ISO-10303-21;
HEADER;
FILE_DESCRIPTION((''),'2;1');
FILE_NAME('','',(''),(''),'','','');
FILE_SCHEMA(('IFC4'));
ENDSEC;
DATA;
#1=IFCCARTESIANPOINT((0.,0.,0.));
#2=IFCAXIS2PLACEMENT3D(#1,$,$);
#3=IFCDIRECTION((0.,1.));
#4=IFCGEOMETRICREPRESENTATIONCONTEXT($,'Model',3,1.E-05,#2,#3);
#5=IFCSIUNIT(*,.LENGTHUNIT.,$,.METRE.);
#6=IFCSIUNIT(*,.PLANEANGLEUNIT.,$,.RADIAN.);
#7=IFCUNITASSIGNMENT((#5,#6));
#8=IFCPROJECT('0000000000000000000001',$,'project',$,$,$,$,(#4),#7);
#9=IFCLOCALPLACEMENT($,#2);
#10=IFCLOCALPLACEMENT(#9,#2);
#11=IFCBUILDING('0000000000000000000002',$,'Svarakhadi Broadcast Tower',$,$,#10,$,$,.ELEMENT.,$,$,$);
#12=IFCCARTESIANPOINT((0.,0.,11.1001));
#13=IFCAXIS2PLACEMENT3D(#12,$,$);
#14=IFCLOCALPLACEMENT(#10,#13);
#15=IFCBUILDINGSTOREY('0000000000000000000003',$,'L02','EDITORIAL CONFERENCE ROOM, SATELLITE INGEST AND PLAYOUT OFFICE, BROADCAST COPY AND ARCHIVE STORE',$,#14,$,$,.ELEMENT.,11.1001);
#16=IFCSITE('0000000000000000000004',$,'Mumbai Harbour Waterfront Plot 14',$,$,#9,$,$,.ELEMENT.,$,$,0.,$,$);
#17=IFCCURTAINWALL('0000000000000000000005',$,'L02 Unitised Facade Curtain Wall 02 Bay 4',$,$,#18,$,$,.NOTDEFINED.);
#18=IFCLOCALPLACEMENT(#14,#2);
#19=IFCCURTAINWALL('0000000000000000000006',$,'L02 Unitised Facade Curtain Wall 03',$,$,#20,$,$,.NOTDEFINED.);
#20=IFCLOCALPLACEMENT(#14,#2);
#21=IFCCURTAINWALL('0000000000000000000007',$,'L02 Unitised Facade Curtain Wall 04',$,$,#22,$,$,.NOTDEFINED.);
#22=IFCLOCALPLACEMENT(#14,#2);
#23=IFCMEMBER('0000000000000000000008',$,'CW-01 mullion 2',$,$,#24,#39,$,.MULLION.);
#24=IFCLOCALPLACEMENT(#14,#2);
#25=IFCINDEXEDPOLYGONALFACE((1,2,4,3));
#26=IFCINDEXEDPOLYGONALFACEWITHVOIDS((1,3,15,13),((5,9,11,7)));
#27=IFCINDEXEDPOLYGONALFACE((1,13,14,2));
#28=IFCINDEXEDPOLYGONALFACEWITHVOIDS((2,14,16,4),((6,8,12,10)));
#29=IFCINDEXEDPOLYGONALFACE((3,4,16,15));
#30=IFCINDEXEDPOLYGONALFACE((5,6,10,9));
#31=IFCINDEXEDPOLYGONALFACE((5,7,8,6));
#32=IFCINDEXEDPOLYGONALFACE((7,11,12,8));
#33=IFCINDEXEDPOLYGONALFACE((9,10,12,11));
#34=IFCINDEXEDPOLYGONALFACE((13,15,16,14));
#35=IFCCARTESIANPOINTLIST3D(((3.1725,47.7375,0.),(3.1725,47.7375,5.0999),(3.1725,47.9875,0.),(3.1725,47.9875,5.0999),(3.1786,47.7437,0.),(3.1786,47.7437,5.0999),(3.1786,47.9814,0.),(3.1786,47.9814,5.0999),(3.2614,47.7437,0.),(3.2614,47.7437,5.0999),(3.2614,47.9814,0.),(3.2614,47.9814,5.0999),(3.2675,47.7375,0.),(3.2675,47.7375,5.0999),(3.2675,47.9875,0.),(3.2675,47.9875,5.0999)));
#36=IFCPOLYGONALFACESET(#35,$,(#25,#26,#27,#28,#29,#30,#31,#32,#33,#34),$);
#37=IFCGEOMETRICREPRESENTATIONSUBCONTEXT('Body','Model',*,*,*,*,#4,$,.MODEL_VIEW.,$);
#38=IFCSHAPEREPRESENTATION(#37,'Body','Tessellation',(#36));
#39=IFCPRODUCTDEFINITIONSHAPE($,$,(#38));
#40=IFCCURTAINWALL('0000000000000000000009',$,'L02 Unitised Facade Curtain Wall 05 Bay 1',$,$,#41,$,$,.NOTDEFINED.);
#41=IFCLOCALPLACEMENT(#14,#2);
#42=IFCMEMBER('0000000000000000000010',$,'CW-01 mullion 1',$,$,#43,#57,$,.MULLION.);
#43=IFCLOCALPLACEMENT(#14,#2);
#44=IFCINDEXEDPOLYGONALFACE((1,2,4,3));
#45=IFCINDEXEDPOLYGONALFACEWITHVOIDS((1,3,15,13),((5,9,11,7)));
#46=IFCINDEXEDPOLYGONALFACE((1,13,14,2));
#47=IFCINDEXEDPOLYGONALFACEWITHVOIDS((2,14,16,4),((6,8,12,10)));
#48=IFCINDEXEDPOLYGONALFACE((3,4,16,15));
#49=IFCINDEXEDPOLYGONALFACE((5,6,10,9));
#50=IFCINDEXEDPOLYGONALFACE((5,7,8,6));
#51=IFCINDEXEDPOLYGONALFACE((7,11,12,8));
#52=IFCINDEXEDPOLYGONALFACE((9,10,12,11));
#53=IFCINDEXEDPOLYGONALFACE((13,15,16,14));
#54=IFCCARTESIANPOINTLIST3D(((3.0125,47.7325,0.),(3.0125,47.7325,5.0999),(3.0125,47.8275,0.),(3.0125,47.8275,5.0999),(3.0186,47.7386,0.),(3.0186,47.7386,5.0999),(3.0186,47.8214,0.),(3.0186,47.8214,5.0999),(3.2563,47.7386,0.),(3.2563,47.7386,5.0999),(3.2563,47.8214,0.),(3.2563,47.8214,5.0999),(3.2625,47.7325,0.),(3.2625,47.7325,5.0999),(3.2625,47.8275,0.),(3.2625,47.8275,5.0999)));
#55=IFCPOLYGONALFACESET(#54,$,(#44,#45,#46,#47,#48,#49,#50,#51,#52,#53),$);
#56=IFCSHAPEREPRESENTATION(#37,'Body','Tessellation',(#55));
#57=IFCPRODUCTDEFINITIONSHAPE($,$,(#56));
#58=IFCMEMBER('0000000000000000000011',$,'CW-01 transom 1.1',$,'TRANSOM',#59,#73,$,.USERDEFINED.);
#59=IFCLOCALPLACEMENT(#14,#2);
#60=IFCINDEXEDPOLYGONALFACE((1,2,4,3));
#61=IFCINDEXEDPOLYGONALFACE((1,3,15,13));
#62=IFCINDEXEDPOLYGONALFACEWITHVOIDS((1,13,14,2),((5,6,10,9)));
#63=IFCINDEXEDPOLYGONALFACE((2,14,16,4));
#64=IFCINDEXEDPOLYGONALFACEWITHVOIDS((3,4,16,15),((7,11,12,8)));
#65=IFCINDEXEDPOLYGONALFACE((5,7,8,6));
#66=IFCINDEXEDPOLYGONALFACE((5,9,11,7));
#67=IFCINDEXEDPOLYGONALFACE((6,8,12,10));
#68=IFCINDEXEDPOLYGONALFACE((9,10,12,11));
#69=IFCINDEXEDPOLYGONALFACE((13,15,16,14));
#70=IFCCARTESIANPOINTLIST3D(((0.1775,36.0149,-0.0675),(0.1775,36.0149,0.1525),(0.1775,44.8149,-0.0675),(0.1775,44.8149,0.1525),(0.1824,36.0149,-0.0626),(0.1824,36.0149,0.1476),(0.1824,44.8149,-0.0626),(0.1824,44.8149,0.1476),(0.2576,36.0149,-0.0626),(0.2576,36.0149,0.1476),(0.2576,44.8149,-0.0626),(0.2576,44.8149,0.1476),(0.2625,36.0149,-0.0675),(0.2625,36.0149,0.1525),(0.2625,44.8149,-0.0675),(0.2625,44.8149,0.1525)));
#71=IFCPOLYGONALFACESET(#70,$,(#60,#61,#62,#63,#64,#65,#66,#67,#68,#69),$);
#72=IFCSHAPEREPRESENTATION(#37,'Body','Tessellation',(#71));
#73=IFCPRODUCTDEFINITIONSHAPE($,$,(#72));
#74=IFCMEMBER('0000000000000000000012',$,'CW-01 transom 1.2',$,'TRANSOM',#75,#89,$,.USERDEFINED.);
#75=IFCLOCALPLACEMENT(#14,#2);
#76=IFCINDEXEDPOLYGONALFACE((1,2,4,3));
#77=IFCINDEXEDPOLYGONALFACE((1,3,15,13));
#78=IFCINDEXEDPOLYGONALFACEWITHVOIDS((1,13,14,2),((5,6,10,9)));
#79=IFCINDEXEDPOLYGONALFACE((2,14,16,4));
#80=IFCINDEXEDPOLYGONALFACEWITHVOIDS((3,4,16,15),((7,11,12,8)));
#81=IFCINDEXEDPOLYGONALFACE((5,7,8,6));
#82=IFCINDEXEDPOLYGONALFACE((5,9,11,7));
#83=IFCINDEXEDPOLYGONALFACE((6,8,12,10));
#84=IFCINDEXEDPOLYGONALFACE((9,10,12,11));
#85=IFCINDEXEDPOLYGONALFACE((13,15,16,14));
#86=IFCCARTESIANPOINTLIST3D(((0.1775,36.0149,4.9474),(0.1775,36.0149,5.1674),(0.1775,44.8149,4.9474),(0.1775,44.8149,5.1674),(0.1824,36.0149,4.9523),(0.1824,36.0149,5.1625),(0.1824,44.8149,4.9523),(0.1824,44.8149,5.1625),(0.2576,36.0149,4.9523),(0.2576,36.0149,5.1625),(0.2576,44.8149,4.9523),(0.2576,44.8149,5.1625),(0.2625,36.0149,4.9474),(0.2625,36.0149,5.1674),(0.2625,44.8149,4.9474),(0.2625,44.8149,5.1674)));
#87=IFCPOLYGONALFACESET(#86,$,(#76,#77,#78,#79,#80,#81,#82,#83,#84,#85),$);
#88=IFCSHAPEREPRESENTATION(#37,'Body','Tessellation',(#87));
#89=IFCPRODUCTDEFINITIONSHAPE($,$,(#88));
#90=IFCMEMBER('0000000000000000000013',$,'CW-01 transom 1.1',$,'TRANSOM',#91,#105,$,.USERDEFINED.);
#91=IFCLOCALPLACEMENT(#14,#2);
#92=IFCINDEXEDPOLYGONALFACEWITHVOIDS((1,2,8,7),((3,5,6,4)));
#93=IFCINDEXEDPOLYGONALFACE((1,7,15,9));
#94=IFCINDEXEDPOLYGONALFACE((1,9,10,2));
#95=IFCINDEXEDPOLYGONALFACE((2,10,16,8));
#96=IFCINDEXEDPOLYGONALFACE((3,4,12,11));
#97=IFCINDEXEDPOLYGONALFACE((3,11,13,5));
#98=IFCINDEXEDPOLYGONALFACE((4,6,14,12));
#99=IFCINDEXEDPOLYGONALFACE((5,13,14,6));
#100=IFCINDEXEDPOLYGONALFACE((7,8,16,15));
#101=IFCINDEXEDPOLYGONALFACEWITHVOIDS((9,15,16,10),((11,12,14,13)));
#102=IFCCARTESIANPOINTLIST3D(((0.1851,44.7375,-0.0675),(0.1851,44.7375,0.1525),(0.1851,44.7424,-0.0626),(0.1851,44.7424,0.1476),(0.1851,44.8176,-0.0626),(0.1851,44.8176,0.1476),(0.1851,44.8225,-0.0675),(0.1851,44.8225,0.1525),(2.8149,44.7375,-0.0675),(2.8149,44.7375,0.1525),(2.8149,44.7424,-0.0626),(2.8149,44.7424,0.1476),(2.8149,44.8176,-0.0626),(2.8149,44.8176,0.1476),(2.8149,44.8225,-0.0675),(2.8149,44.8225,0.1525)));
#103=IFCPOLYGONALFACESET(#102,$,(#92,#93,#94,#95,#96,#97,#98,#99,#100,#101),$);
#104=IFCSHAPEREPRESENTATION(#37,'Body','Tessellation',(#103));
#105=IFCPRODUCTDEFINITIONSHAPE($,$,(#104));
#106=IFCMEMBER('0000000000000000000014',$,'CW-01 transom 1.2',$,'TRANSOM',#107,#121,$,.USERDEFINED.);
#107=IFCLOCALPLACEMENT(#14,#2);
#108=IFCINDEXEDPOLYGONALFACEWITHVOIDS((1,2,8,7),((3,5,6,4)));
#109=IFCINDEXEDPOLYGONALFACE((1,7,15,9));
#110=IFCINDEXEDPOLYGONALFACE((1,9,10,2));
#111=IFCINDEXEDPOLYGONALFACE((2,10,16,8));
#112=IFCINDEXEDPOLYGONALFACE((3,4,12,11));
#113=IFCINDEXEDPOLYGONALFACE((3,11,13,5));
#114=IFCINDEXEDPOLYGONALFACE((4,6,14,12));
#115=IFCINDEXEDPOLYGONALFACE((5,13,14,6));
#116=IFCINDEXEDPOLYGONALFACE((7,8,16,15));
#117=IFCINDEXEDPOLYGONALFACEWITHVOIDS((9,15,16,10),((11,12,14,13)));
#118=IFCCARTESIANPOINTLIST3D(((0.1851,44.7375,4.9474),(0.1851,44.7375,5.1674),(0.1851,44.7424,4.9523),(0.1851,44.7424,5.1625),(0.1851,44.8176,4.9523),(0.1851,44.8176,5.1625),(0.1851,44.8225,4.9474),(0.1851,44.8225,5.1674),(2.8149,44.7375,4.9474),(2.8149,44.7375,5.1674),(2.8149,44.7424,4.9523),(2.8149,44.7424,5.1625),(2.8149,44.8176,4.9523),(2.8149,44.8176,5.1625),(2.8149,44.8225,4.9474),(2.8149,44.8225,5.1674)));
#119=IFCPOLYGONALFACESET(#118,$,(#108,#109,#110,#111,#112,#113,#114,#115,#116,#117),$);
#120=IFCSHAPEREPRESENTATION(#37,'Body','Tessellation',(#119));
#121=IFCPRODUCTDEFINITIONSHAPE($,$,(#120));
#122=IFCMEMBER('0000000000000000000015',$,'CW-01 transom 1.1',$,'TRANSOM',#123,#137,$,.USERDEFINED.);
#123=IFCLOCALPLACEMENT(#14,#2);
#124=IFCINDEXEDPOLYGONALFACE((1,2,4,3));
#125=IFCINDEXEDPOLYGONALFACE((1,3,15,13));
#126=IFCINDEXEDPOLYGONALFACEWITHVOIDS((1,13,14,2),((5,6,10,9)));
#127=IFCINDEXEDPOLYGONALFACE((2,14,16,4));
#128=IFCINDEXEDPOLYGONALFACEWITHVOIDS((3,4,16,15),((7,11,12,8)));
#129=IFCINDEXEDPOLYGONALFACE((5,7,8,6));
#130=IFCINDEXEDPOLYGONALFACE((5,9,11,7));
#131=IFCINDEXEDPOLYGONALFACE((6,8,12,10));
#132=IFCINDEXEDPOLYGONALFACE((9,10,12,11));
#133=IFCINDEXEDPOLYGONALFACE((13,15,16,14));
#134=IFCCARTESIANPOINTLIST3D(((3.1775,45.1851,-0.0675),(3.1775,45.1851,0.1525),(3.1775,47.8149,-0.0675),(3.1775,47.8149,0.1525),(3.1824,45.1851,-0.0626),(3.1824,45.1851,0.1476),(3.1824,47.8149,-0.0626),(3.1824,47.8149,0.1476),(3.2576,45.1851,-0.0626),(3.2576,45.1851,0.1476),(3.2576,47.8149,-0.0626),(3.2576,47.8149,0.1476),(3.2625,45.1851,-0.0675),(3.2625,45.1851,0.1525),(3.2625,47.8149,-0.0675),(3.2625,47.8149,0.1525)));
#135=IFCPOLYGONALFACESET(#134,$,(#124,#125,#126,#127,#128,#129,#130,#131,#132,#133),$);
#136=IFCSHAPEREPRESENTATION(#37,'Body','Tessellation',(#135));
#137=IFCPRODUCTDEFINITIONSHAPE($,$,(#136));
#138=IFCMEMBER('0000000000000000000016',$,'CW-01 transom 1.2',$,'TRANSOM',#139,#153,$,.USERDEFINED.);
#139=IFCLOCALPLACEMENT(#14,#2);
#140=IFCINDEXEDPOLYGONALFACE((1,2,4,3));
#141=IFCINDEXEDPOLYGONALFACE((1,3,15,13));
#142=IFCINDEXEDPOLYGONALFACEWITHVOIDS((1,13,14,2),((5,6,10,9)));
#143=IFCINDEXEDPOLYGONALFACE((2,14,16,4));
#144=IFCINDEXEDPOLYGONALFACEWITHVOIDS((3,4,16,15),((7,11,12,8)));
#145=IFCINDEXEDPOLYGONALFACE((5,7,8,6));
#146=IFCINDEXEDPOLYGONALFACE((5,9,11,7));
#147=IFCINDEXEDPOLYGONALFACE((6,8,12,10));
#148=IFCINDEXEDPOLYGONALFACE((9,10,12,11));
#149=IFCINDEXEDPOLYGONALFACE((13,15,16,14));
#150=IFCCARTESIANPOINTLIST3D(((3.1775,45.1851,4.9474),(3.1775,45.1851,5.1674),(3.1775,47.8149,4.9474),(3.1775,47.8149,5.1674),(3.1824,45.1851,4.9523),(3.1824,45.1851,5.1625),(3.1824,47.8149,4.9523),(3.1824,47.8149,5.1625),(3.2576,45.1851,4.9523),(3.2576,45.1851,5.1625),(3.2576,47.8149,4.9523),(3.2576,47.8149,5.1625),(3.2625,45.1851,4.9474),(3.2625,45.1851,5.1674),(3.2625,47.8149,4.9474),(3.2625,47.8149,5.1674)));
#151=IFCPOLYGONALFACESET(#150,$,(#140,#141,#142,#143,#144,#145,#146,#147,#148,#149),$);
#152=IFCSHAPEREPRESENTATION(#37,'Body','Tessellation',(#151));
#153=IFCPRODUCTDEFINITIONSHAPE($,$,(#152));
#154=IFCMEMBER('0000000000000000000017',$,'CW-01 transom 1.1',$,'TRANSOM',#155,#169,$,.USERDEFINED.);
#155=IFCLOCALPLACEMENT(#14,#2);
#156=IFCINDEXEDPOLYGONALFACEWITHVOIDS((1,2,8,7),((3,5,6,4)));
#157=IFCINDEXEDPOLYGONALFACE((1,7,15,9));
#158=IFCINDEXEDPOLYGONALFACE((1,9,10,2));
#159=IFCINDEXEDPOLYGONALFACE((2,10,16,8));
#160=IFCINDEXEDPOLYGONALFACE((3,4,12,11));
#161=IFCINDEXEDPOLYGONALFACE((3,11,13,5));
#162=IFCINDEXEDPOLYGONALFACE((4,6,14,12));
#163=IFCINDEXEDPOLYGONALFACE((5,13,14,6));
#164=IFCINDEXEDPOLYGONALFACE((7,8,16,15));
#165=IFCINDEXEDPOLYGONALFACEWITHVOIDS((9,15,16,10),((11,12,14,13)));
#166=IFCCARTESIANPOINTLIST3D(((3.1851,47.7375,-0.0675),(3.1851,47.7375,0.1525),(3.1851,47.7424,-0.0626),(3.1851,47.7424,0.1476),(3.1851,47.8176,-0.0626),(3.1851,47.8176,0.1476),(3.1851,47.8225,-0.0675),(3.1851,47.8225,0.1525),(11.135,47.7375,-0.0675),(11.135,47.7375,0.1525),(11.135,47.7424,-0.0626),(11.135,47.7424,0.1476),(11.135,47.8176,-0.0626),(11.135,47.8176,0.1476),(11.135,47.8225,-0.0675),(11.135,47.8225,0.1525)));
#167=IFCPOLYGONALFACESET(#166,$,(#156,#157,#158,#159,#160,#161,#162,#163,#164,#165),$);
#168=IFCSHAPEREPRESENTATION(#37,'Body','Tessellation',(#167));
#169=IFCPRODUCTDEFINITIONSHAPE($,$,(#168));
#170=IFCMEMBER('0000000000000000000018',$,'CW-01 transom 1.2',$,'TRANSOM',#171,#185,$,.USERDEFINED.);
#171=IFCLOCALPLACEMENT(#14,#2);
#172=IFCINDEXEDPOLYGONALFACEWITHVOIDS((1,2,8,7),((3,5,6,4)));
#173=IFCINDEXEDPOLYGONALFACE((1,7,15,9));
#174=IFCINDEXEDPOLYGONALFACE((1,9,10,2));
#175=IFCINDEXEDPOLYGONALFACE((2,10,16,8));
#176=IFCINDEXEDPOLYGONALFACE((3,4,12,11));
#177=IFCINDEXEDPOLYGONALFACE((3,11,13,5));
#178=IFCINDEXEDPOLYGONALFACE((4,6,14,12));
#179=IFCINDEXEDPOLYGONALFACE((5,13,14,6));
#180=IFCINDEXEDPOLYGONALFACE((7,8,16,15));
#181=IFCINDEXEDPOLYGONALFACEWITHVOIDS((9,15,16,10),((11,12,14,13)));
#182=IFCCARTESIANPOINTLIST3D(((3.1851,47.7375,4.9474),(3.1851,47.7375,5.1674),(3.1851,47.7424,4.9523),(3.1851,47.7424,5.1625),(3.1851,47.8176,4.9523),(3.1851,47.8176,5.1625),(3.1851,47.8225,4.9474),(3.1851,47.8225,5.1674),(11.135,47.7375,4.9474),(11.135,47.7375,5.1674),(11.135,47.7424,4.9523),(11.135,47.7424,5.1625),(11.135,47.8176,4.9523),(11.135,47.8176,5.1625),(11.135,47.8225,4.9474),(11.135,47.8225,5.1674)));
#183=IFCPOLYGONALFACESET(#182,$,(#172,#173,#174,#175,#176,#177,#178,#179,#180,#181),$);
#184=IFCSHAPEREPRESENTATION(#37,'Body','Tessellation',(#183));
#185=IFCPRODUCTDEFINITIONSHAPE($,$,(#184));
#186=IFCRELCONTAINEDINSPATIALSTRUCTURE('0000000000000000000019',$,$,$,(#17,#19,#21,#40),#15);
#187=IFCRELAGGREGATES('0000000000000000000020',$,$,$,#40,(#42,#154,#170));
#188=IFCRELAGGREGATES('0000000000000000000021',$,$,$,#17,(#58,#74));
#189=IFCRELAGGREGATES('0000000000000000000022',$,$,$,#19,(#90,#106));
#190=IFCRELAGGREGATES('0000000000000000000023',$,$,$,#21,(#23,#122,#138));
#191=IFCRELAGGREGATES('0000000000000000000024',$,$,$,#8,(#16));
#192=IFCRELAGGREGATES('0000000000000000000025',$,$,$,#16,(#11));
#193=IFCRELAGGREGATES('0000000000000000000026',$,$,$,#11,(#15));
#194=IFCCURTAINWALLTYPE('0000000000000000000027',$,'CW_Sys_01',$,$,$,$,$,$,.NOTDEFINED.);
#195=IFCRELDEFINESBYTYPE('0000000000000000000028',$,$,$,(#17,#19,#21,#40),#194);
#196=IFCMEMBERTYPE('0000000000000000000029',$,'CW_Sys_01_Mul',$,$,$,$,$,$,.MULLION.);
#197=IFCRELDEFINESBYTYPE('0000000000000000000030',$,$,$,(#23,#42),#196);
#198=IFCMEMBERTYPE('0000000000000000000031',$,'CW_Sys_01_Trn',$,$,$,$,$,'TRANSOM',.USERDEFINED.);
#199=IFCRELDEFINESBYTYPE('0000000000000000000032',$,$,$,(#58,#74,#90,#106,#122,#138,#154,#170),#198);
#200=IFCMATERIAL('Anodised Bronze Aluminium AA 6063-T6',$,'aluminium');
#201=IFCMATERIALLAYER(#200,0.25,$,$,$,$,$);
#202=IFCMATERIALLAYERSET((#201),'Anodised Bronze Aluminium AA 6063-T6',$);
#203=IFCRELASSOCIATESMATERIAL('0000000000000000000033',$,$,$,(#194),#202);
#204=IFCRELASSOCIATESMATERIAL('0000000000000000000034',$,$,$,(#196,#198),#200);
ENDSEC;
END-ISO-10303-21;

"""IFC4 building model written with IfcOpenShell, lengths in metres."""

from ifc_helpers import new_model, si_unit, direction, frame, origin, origin_2d, place, context, subcontext, project, spatial, hollow_rectangle, extrude, material, layer, layer_set, material_profile, profile_set, type_object, element, aggregate, save


model = new_model("IFC4")

# Units and contexts
model_context = context("Model", 3, precision=1e-05, world=origin(), true_north=direction((0.0, 1.0)))
body_context = subcontext(model_context, "Body", "Model", "MODEL_VIEW")
ifc_project = project(units=[si_unit("LENGTHUNIT", "METRE"), si_unit("PLANEANGLEUNIT", "RADIAN")], contexts=[model_context])

# Site, building, storey
site_placement = place(None, origin())
site = spatial("IfcSite", under=ifc_project, at=site_placement, Name="Mumbai Harbour Waterfront Plot 14", CompositionType="ELEMENT", RefElevation=0.0)
building_placement = place(site_placement, origin())
building = spatial("IfcBuilding", under=site, at=building_placement, Name="Svarakhadi Broadcast Tower", CompositionType="ELEMENT")
storey_placement = place(building_placement, frame((0.0, 0.0, 11.1001)))
storey = spatial("IfcBuildingStorey", under=building, at=storey_placement, Name="L02", Description="EDITORIAL CONFERENCE ROOM, SATELLITE INGEST AND PLAYOUT OFFICE, BROADCAST COPY AND ARCHIVE STORE", CompositionType="ELEMENT", Elevation=11.1001)

# Shared definitions
ifc_material_1 = material(Name="Anodised Bronze Aluminium AA 6063-T6", Category="aluminium")
ifc_layer_1 = layer(ifc_material_1, 0.25)
ifc_layer_set_1 = layer_set([ifc_layer_1], Name="Anodised Bronze Aluminium AA 6063-T6")
curtain_wall_type = type_object("IfcCurtainWallType", Name="CW_Sys_01", PredefinedType="NOTDEFINED", material=ifc_layer_set_1)
ifc_material_profile_1 = material_profile(ifc_material_1, hollow_rectangle(XDim=0.095, YDim=0.25, WallThickness=0.0061, at=origin_2d()), Name="ALU MULLION 250x95x6")
ifc_profile_set_1 = profile_set([ifc_material_profile_1], Name="Anodised Bronze Aluminium AA 6063-T6")
member_type_1 = type_object("IfcMemberType", Name="CW_Sys_01_Mul", PredefinedType="MULLION", material=ifc_profile_set_1)

# Curtain walls, member
curtain_wall_1_placement = place(storey_placement, origin())
curtain_wall_1 = element("IfcCurtainWall", 1, at=curtain_wall_1_placement, inside=storey, type_object=curtain_wall_type, Name="L02 Unitised Facade Curtain Wall 02 Bay 4", PredefinedType="NOTDEFINED")
curtain_wall_2_placement = place(storey_placement, origin())
curtain_wall_2 = element("IfcCurtainWall", 2, at=curtain_wall_2_placement, inside=storey, type_object=curtain_wall_type, Name="L02 Unitised Facade Curtain Wall 03", PredefinedType="NOTDEFINED")
curtain_wall_3_placement = place(storey_placement, origin())
curtain_wall_3 = element("IfcCurtainWall", 3, at=curtain_wall_3_placement, inside=storey, type_object=curtain_wall_type, Name="L02 Unitised Facade Curtain Wall 04", PredefinedType="NOTDEFINED")
member_1_placement = place(storey_placement, frame((3.22, 47.8625, 0.0), z_axis=(0.0, 0.0, 1.0), x_axis=(-1.0, 0.0, 0.0)))
member_1 = element("IfcMember", 4, at=member_1_placement, type_object=member_type_1, Name="CW-01 mullion 2", PredefinedType="MULLION", context=body_context, shape_type="SweptSolid", body=[
    extrude(hollow_rectangle(XDim=0.095, YDim=0.25, WallThickness=0.0061, at=origin_2d()), origin(), (0.0, 0.0, 1.0), 5.0999),
])

# Curtain wall, member
curtain_wall_4_placement = place(storey_placement, origin())
curtain_wall_4 = element("IfcCurtainWall", 5, at=curtain_wall_4_placement, inside=storey, type_object=curtain_wall_type, Name="L02 Unitised Facade Curtain Wall 05 Bay 1", PredefinedType="NOTDEFINED")
member_2_placement = place(storey_placement, frame((3.1375, 47.78, 0.0), z_axis=(0.0, 0.0, 1.0), x_axis=(0.0, 1.0, 0.0)))
member_2 = element("IfcMember", 6, at=member_2_placement, type_object=member_type_1, Name="CW-01 mullion 1", PredefinedType="MULLION", context=body_context, shape_type="SweptSolid", body=[
    extrude(hollow_rectangle(XDim=0.095, YDim=0.25, WallThickness=0.0061, at=origin_2d()), origin(), (0.0, 0.0, 1.0), 5.0999),
])

# Members
ifc_material_profile_2 = material_profile(ifc_material_1, hollow_rectangle(XDim=0.085, YDim=0.22, WallThickness=0.0049, at=origin_2d()), Name="ALU TRANSOM 220x85x5")
ifc_profile_set_2 = profile_set([ifc_material_profile_2], Name="Anodised Bronze Aluminium AA 6063-T6")
member_type_2 = type_object("IfcMemberType", Name="CW_Sys_01_Trn", ElementType="TRANSOM", PredefinedType="USERDEFINED", material=ifc_profile_set_2)
member_3_placement = place(storey_placement, frame((0.22, 36.0149, 0.0425), z_axis=(0.0, 1.0, 0.0), x_axis=(-1.0, 0.0, 0.0)))
member_3 = element("IfcMember", 7, at=member_3_placement, type_object=member_type_2, Name="CW-01 transom 1.1", ObjectType="TRANSOM", PredefinedType="USERDEFINED", context=body_context, shape_type="SweptSolid", body=[
    extrude(hollow_rectangle(XDim=0.085, YDim=0.22, WallThickness=0.0049, at=origin_2d()), origin(), (0.0, 0.0, 1.0), 8.8),
])
member_4_placement = place(storey_placement, frame((0.22, 36.0149, 5.0574), z_axis=(0.0, 1.0, 0.0), x_axis=(-1.0, 0.0, 0.0)))
member_4 = element("IfcMember", 8, at=member_4_placement, type_object=member_type_2, Name="CW-01 transom 1.2", ObjectType="TRANSOM", PredefinedType="USERDEFINED", context=body_context, shape_type="SweptSolid", body=[
    extrude(hollow_rectangle(XDim=0.085, YDim=0.22, WallThickness=0.0049, at=origin_2d()), origin(), (0.0, 0.0, 1.0), 8.8),
])
member_5_placement = place(storey_placement, frame((0.1851, 44.78, 0.0425), z_axis=(1.0, 0.0, 0.0), x_axis=(0.0, 1.0, 0.0)))
member_5 = element("IfcMember", 9, at=member_5_placement, type_object=member_type_2, Name="CW-01 transom 1.1", ObjectType="TRANSOM", PredefinedType="USERDEFINED", context=body_context, shape_type="SweptSolid", body=[
    extrude(hollow_rectangle(XDim=0.085, YDim=0.22, WallThickness=0.0049, at=origin_2d()), origin(), (0.0, 0.0, 1.0), 2.6299),
])
member_6_placement = place(storey_placement, frame((0.1851, 44.78, 5.0574), z_axis=(1.0, 0.0, 0.0), x_axis=(0.0, 1.0, 0.0)))
member_6 = element("IfcMember", 10, at=member_6_placement, type_object=member_type_2, Name="CW-01 transom 1.2", ObjectType="TRANSOM", PredefinedType="USERDEFINED", context=body_context, shape_type="SweptSolid", body=[
    extrude(hollow_rectangle(XDim=0.085, YDim=0.22, WallThickness=0.0049, at=origin_2d()), origin(), (0.0, 0.0, 1.0), 2.6299),
])
member_7_placement = place(storey_placement, frame((3.22, 45.1851, 0.0425), z_axis=(0.0, 1.0, 0.0), x_axis=(-1.0, 0.0, 0.0)))
member_7 = element("IfcMember", 11, at=member_7_placement, type_object=member_type_2, Name="CW-01 transom 1.1", ObjectType="TRANSOM", PredefinedType="USERDEFINED", context=body_context, shape_type="SweptSolid", body=[
    extrude(hollow_rectangle(XDim=0.085, YDim=0.22, WallThickness=0.0049, at=origin_2d()), origin(), (0.0, 0.0, 1.0), 2.6299),
])
member_8_placement = place(storey_placement, frame((3.22, 45.1851, 5.0574), z_axis=(0.0, 1.0, 0.0), x_axis=(-1.0, 0.0, 0.0)))
member_8 = element("IfcMember", 12, at=member_8_placement, type_object=member_type_2, Name="CW-01 transom 1.2", ObjectType="TRANSOM", PredefinedType="USERDEFINED", context=body_context, shape_type="SweptSolid", body=[
    extrude(hollow_rectangle(XDim=0.085, YDim=0.22, WallThickness=0.0049, at=origin_2d()), origin(), (0.0, 0.0, 1.0), 2.6299),
])
member_9_placement = place(storey_placement, frame((3.1851, 47.78, 0.0425), z_axis=(1.0, 0.0, 0.0), x_axis=(0.0, 1.0, 0.0)))
member_9 = element("IfcMember", 13, at=member_9_placement, type_object=member_type_2, Name="CW-01 transom 1.1", ObjectType="TRANSOM", PredefinedType="USERDEFINED", context=body_context, shape_type="SweptSolid", body=[
    extrude(hollow_rectangle(XDim=0.085, YDim=0.22, WallThickness=0.0049, at=origin_2d()), origin(), (0.0, 0.0, 1.0), 7.95),
])
member_10_placement = place(storey_placement, frame((3.1851, 47.78, 5.0574), z_axis=(1.0, 0.0, 0.0), x_axis=(0.0, 1.0, 0.0)))
member_10 = element("IfcMember", 14, at=member_10_placement, type_object=member_type_2, Name="CW-01 transom 1.2", ObjectType="TRANSOM", PredefinedType="USERDEFINED", context=body_context, shape_type="SweptSolid", body=[
    extrude(hollow_rectangle(XDim=0.085, YDim=0.22, WallThickness=0.0049, at=origin_2d()), origin(), (0.0, 0.0, 1.0), 7.95),
])
aggregate(curtain_wall_4, [member_2, member_9, member_10])

aggregate(curtain_wall_1, [member_3, member_4])
aggregate(curtain_wall_2, [member_5, member_6])
aggregate(curtain_wall_3, [member_1, member_7, member_8])

save(model, "model.ifc")
